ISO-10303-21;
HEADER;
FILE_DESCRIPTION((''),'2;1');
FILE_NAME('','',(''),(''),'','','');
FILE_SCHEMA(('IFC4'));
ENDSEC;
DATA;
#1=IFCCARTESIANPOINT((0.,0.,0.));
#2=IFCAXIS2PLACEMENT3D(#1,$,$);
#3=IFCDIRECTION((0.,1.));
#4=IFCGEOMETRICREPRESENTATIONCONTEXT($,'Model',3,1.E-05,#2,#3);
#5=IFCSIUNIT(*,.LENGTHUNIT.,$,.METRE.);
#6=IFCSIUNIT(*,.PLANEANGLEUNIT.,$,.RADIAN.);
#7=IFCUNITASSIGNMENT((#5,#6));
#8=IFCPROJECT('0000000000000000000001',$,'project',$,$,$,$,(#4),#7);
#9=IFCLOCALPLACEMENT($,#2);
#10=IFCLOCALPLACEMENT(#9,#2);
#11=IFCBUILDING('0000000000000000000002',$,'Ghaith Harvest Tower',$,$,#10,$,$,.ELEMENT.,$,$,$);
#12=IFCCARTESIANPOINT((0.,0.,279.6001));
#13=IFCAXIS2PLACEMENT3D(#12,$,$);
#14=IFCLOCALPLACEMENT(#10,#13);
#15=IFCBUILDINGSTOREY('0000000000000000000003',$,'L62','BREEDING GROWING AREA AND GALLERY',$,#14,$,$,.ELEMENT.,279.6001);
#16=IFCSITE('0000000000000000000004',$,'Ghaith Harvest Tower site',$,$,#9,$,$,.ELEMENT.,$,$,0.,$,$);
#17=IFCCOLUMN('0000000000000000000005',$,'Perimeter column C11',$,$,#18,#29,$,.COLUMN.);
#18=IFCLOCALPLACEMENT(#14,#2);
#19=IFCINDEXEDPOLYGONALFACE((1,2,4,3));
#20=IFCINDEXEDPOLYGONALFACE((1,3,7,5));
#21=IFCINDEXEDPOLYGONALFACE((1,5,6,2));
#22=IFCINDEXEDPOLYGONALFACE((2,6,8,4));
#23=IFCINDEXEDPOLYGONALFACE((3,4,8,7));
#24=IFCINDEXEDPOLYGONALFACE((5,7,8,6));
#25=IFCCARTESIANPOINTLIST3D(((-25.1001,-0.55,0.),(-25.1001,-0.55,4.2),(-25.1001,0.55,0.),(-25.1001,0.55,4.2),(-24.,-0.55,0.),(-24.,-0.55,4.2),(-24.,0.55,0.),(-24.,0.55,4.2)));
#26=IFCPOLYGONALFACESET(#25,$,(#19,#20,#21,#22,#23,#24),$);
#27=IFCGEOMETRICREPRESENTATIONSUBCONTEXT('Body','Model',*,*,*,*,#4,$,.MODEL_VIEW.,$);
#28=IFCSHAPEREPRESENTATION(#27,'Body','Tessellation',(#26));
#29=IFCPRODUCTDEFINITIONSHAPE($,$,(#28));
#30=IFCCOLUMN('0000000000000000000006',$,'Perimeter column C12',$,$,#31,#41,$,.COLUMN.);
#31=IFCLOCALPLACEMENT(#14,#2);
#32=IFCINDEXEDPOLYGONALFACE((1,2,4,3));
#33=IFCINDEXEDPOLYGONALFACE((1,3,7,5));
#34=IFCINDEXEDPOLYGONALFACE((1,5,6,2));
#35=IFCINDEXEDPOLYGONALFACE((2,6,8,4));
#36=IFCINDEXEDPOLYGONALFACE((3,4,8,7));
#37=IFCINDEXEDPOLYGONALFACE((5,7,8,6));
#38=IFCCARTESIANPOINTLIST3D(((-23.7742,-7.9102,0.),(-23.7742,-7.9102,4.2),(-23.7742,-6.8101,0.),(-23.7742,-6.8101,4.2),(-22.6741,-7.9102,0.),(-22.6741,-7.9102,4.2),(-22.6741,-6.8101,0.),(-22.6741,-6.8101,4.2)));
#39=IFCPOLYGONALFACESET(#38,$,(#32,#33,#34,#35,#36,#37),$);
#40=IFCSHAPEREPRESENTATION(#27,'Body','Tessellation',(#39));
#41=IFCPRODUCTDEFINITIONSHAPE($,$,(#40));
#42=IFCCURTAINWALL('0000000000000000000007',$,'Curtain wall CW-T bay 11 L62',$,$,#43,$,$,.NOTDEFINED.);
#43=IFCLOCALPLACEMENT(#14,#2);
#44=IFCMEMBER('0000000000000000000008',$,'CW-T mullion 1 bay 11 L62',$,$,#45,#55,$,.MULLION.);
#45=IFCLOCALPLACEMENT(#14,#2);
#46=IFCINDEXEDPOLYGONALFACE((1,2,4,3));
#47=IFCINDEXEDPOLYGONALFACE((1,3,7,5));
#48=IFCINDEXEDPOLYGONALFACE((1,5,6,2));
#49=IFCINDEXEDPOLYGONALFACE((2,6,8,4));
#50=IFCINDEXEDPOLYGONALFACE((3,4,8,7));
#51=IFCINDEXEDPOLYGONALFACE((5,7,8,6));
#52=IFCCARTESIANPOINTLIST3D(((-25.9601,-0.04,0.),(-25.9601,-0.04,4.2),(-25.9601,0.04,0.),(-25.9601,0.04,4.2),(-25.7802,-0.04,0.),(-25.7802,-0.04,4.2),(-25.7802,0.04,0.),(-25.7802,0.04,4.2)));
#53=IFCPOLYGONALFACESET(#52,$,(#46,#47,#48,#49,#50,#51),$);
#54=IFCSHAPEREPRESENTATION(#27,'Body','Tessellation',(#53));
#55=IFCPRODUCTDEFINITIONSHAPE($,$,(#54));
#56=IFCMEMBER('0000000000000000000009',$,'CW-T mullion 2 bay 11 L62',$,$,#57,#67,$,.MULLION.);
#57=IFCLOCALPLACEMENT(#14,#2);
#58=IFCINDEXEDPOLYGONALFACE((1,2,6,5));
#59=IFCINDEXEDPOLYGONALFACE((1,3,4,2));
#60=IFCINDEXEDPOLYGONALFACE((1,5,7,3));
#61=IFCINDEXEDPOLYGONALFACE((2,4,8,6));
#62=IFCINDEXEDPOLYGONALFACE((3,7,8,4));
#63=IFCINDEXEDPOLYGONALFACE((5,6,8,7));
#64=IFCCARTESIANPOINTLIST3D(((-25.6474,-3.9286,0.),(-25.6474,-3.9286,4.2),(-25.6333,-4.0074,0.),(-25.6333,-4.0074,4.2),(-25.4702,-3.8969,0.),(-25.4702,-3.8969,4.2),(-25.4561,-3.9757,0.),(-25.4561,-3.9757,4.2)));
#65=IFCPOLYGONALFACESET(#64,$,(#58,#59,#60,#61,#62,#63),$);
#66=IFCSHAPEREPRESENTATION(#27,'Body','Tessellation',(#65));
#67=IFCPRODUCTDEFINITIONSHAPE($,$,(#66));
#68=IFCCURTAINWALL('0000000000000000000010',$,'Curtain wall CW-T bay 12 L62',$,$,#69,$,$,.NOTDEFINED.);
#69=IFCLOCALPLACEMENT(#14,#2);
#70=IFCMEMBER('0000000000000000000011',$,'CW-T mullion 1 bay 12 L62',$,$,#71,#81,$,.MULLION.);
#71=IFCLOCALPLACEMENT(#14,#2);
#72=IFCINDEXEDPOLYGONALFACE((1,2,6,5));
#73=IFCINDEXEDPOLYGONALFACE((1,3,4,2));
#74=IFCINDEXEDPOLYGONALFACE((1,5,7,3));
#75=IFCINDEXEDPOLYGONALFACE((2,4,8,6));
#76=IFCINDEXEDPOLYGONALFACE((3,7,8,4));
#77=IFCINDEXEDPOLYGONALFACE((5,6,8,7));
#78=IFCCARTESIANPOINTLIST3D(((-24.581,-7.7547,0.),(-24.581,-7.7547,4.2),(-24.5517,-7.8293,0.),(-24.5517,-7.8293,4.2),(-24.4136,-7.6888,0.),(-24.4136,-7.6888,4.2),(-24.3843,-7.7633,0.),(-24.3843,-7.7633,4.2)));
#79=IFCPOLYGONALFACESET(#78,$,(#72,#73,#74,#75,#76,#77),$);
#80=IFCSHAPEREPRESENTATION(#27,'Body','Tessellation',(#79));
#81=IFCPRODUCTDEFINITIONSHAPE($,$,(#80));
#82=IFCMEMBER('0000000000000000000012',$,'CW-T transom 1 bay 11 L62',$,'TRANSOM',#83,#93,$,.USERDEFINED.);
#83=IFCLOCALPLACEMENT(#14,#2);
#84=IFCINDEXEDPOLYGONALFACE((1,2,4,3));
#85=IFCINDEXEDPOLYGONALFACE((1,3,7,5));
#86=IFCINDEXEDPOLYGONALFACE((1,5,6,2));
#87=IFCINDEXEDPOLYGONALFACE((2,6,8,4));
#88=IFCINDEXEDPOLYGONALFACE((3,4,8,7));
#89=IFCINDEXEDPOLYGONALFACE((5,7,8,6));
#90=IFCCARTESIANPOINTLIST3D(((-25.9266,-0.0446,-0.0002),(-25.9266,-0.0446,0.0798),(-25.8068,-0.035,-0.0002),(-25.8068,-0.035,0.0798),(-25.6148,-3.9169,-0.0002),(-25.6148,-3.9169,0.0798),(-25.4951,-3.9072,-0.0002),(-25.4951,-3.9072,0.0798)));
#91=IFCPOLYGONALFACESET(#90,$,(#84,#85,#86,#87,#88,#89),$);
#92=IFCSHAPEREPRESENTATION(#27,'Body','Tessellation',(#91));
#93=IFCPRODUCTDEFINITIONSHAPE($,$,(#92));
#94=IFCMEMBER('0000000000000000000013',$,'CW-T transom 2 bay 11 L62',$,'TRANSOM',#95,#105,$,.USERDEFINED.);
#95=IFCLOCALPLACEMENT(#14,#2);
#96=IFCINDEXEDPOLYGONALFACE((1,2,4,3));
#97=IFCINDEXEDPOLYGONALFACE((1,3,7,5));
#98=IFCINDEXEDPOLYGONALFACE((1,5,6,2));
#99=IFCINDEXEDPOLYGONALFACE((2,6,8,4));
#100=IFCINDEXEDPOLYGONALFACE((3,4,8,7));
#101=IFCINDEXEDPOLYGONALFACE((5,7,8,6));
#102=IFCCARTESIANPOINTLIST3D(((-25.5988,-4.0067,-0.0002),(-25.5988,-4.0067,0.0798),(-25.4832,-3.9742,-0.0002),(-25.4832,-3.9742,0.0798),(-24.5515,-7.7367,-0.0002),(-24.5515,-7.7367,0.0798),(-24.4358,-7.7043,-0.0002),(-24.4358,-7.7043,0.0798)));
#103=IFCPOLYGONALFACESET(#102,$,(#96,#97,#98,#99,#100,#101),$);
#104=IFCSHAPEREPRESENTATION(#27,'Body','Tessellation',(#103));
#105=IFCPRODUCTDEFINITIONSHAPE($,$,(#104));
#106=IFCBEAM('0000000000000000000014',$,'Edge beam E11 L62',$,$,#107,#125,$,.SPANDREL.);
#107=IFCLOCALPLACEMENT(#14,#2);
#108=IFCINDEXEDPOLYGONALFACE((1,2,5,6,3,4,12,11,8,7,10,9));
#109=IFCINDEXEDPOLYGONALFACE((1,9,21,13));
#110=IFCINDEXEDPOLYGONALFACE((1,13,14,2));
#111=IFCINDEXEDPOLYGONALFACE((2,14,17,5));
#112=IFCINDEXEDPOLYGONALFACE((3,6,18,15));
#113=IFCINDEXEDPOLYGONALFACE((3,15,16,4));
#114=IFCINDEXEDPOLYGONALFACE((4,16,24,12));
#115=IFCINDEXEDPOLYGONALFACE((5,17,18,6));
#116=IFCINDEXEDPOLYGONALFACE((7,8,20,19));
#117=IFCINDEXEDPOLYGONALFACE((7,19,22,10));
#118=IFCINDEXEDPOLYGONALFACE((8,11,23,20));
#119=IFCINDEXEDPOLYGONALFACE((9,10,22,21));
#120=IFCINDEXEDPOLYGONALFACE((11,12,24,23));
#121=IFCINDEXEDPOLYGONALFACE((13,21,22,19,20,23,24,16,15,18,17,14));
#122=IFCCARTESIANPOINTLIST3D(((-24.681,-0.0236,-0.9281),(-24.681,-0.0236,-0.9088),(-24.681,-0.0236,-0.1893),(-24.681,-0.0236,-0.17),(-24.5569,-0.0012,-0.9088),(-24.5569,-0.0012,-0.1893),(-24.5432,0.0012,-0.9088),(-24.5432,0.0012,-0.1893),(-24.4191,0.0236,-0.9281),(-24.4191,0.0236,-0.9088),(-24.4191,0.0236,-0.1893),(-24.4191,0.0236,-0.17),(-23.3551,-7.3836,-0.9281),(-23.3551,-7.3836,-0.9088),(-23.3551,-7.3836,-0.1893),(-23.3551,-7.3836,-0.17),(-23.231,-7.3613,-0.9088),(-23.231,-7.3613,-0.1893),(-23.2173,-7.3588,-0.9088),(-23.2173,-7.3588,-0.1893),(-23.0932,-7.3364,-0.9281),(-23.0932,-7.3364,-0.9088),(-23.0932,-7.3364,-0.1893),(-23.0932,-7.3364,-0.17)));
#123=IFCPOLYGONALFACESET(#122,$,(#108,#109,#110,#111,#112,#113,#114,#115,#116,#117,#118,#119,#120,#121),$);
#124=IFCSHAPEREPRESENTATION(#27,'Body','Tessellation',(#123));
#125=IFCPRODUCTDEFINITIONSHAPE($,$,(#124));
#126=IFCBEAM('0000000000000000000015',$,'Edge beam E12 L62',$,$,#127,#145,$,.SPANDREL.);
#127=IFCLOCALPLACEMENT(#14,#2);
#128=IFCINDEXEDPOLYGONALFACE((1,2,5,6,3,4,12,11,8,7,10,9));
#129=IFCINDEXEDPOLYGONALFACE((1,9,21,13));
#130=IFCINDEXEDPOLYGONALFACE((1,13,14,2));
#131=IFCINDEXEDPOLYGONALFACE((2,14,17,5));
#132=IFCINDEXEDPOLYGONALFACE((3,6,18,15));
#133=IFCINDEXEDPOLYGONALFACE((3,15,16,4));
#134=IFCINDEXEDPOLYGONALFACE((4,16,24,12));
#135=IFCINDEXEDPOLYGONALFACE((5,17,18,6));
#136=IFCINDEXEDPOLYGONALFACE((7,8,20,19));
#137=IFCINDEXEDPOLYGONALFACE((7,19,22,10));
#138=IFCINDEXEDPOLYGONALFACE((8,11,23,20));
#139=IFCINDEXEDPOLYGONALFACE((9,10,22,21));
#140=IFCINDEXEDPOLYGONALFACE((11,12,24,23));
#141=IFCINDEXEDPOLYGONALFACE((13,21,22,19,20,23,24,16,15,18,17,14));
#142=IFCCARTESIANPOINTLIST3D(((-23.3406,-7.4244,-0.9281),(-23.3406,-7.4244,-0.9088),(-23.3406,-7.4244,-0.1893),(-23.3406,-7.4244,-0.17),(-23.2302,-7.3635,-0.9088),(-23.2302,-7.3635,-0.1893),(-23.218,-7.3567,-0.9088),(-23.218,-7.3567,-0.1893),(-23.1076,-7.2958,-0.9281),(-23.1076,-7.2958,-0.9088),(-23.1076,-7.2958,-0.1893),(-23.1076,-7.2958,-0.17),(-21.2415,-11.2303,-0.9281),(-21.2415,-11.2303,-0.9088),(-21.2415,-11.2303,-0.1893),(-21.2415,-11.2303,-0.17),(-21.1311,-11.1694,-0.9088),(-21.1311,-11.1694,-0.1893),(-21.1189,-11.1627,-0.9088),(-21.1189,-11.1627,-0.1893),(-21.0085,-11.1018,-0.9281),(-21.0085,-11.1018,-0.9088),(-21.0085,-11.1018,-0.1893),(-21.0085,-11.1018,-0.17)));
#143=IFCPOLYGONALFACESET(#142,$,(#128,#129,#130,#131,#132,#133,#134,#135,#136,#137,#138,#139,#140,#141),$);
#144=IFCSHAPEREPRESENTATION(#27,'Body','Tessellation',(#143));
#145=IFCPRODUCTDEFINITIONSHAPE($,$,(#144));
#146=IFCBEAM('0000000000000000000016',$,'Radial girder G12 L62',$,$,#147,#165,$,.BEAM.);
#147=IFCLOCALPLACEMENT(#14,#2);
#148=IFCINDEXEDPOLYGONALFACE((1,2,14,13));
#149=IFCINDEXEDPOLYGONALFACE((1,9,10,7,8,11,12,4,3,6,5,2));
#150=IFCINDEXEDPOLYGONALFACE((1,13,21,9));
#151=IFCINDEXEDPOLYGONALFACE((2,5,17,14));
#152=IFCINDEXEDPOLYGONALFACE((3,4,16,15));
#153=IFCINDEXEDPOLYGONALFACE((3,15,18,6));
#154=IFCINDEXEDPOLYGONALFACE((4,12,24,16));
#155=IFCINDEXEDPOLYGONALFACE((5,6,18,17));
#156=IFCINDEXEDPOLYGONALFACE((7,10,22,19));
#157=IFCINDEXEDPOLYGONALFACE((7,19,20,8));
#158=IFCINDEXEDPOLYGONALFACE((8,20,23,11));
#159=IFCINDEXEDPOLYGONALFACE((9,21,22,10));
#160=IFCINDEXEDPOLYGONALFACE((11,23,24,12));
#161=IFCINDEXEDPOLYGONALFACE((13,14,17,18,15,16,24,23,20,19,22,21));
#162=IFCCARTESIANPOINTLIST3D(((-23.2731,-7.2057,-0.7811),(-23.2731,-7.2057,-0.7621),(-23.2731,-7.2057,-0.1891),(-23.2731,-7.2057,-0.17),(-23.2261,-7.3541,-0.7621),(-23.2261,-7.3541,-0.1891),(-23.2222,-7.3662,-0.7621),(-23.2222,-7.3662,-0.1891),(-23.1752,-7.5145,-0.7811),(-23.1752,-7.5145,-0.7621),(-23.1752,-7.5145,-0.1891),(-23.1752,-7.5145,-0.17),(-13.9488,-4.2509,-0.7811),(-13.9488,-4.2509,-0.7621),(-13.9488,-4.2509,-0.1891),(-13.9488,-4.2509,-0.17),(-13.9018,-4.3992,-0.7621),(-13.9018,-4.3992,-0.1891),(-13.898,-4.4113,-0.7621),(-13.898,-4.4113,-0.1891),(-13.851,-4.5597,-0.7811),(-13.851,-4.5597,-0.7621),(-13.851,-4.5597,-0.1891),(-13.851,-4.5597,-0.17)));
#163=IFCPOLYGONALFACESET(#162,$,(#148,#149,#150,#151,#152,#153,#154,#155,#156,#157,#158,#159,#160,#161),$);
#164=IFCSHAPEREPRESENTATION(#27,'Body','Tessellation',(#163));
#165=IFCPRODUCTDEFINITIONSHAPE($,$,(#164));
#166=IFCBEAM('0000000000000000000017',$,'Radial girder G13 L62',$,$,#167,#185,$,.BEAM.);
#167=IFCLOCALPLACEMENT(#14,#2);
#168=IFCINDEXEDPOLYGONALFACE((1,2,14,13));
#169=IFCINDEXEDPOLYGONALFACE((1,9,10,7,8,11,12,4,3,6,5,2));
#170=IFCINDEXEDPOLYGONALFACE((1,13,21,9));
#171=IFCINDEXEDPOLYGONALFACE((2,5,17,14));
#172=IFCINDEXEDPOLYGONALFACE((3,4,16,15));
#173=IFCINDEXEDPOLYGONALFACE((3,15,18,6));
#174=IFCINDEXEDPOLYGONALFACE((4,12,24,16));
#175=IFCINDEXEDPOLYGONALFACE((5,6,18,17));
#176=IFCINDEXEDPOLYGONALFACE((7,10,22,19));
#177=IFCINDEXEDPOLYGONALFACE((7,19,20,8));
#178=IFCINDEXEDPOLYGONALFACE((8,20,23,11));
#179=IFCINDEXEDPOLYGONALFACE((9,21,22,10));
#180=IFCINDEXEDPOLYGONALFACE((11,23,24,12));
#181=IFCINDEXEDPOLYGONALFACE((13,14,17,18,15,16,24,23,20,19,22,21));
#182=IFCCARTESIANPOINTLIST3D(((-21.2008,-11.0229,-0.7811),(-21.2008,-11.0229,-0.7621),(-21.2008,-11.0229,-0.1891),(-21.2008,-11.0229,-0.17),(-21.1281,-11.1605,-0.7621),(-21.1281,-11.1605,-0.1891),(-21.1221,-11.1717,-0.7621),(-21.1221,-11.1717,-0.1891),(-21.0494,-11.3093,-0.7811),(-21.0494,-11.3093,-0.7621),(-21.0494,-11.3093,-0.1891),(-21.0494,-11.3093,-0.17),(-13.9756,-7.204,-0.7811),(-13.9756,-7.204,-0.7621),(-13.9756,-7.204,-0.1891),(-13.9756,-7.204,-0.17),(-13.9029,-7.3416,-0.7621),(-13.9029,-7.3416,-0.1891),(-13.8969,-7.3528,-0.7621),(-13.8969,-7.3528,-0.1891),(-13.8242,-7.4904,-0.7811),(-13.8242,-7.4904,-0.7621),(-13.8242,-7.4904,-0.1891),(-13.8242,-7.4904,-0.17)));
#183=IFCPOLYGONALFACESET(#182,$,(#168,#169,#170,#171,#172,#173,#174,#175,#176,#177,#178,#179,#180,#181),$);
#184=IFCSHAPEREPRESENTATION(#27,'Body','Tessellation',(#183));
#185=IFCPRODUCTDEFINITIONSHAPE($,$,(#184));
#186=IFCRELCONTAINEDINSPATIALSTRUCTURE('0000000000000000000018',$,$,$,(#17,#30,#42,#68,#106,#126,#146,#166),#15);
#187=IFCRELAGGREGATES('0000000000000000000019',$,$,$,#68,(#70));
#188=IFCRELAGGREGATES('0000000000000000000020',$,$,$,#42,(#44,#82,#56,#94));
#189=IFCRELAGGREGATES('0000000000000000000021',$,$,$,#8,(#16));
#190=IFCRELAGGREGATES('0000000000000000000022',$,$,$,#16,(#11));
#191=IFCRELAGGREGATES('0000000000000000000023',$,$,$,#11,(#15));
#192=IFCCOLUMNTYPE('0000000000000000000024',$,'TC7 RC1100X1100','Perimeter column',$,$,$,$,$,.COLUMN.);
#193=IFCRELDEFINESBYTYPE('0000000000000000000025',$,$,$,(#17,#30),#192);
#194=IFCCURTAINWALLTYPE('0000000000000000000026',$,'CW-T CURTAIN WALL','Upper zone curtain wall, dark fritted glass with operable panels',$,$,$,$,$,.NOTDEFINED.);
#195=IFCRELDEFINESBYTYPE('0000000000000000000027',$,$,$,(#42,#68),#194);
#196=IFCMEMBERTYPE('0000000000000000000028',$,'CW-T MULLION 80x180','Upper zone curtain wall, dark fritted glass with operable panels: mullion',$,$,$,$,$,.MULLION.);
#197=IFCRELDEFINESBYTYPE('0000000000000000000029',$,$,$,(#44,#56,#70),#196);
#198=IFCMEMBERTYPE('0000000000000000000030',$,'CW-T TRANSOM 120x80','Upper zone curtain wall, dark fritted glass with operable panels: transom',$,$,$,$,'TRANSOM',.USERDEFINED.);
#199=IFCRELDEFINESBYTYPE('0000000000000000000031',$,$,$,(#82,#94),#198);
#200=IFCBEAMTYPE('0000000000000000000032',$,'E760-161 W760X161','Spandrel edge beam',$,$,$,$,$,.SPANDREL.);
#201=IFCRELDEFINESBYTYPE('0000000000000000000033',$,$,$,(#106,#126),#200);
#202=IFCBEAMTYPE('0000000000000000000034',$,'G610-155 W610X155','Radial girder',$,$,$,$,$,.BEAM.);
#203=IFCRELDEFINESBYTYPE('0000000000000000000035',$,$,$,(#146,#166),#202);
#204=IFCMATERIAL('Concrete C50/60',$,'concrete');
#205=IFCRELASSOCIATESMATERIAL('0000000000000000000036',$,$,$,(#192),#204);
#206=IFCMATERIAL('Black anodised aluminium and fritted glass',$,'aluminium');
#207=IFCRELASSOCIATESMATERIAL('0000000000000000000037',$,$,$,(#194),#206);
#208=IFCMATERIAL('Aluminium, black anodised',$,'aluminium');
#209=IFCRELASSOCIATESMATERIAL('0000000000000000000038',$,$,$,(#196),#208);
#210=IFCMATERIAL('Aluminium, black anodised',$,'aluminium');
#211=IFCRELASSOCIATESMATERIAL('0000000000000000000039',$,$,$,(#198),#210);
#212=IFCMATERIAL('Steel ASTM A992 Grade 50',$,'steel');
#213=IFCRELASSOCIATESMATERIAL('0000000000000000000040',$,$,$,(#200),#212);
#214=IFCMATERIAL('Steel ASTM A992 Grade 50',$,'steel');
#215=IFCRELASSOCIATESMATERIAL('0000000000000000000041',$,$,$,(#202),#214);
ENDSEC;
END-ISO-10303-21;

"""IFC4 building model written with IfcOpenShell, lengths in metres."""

from ifc_helpers import new_model, si_unit, direction, frame, origin, origin_2d, place, context, subcontext, project, spatial, rectangle, i_section, extrude, material, material_profile, profile_set, type_object, element, aggregate, save


model = new_model("IFC4")

# Units and contexts
model_context = context("Model", 3, precision=1e-05, world=origin(), true_north=direction((0.0, 1.0)))
body_context = subcontext(model_context, "Body", "Model", "MODEL_VIEW")
ifc_project = project(units=[si_unit("LENGTHUNIT", "METRE"), si_unit("PLANEANGLEUNIT", "RADIAN")], contexts=[model_context])

# Site, building, storey
site_placement = place(None, origin())
site = spatial("IfcSite", under=ifc_project, at=site_placement, Name="Ghaith Harvest Tower site", CompositionType="ELEMENT", RefElevation=0.0)
building_placement = place(site_placement, origin())
building = spatial("IfcBuilding", under=site, at=building_placement, Name="Ghaith Harvest Tower", CompositionType="ELEMENT")
storey_placement = place(building_placement, frame((0.0, 0.0, 279.6001)))
storey = spatial("IfcBuildingStorey", under=building, at=storey_placement, Name="L62", Description="BREEDING GROWING AREA AND GALLERY", CompositionType="ELEMENT", Elevation=279.6001)

# Columns
ifc_material_1 = material(Name="Concrete C50/60", Category="concrete")
ifc_material_profile_1 = material_profile(ifc_material_1, rectangle(XDim=1.1001, YDim=1.1001, at=origin_2d()), Name="RC1100X1100")
ifc_profile_set_1 = profile_set([ifc_material_profile_1], Name="Concrete C50/60")
column_type = type_object("IfcColumnType", Name="TC7 RC1100X1100", Description="Perimeter column", PredefinedType="COLUMN", material=ifc_profile_set_1)
for number, where, z_axis, x_axis, name in (
    (1, (-24.55, 0.0, 0.0), (0.0, 0.0, 1.0), (1.0, 0.0, 0.0), "Perimeter column C11"),
    (2, (-23.2241, -7.3601, 0.0), (0.0, 0.0, 1.0), (1.0, 0.0, 0.0), "Perimeter column C12"),
):
    element("IfcColumn", number, at=place(storey_placement, frame(where, z_axis=z_axis, x_axis=x_axis)), inside=storey, type_object=column_type, Name=name, PredefinedType="COLUMN", context=body_context, shape_type="SweptSolid", body=[
        extrude(rectangle(XDim=1.1001, YDim=1.1001, at=origin_2d()), origin(), (0.0, 0.0, 1.0), 4.2),
    ])

# Curtain wall, members
ifc_material_2 = material(Name="Black anodised aluminium and fritted glass", Category="aluminium")
curtain_wall_type = type_object("IfcCurtainWallType", Name="CW-T CURTAIN WALL", Description="Upper zone curtain wall, dark fritted glass with operable panels", PredefinedType="NOTDEFINED", material=ifc_material_2)
curtain_wall_1_placement = place(storey_placement, origin())
curtain_wall_1 = element("IfcCurtainWall", 3, at=curtain_wall_1_placement, inside=storey, type_object=curtain_wall_type, Name="Curtain wall CW-T bay 11 L62", PredefinedType="NOTDEFINED")
ifc_material_3 = material(Name="Aluminium, black anodised", Category="aluminium")
ifc_material_profile_2 = material_profile(ifc_material_3, rectangle(XDim=0.0801, YDim=0.1799, at=origin_2d()), Name="CW-T MULLION 80x180")
ifc_profile_set_2 = profile_set([ifc_material_profile_2], Name="Aluminium, black anodised")
member_type_1 = type_object("IfcMemberType", Name="CW-T MULLION 80x180", Description="Upper zone curtain wall, dark fritted glass with operable panels: mullion", PredefinedType="MULLION", material=ifc_profile_set_2)
member_1_placement = place(storey_placement, frame((-25.8701, 0.0, 0.0), z_axis=(0.0, 0.0, 1.0), x_axis=(0.0, -1.0, 0.0)))
member_1 = element("IfcMember", 4, at=member_1_placement, type_object=member_type_1, Name="CW-T mullion 1 bay 11 L62", PredefinedType="MULLION", context=body_context, shape_type="SweptSolid", body=[
    extrude(rectangle(XDim=0.0801, YDim=0.1799, at=origin_2d()), origin(), (0.0, 0.0, 1.0), 4.2),
])
member_2_placement = place(storey_placement, frame((-25.5518, -3.9521, 0.0), z_axis=(0.0, 0.0, 1.0), x_axis=(0.176001, -0.98439, 0.0)))
member_2 = element("IfcMember", 5, at=member_2_placement, type_object=member_type_1, Name="CW-T mullion 2 bay 11 L62", PredefinedType="MULLION", context=body_context, shape_type="SweptSolid", body=[
    extrude(rectangle(XDim=0.0801, YDim=0.1799, at=origin_2d()), origin(), (0.0, 0.0, 1.0), 4.2),
])

# Curtain wall, member
curtain_wall_2_placement = place(storey_placement, origin())
curtain_wall_2 = element("IfcCurtainWall", 6, at=curtain_wall_2_placement, inside=storey, type_object=curtain_wall_type, Name="Curtain wall CW-T bay 12 L62", PredefinedType="NOTDEFINED")
member_3_placement = place(storey_placement, frame((-24.4827, -7.759, 0.0), z_axis=(0.0, 0.0, 1.0), x_axis=(0.366473, -0.930429, 0.0)))
member_3 = element("IfcMember", 7, at=member_3_placement, type_object=member_type_1, Name="CW-T mullion 1 bay 12 L62", PredefinedType="MULLION", context=body_context, shape_type="SweptSolid", body=[
    extrude(rectangle(XDim=0.0801, YDim=0.1799, at=origin_2d()), origin(), (0.0, 0.0, 1.0), 4.2),
])
aggregate(curtain_wall_2, [member_3])

# Members
ifc_material_4 = material(Name="Aluminium, black anodised", Category="aluminium")
ifc_material_profile_3 = material_profile(ifc_material_4, rectangle(XDim=0.1201, YDim=0.0801, at=origin_2d()), Name="CW-T TRANSOM 120x80")
ifc_profile_set_3 = profile_set([ifc_material_profile_3], Name="Aluminium, black anodised")
member_type_2 = type_object("IfcMemberType", Name="CW-T TRANSOM 120x80", Description="Upper zone curtain wall, dark fritted glass with operable panels: transom", ElementType="TRANSOM", PredefinedType="USERDEFINED", material=ifc_profile_set_3)
member_4_placement = place(storey_placement, frame((-25.8667, -0.0398, 0.0398), z_axis=(0.080252, -0.996775, 0.0), x_axis=(0.996775, 0.080252, 0.0)))
member_4 = element("IfcMember", 8, at=member_4_placement, type_object=member_type_2, Name="CW-T transom 1 bay 11 L62", ObjectType="TRANSOM", PredefinedType="USERDEFINED", context=body_context, shape_type="SweptSolid", body=[
    extrude(rectangle(XDim=0.1201, YDim=0.0801, at=origin_2d()), origin(), (0.0, 0.0, 1.0), 3.8848),
])
member_5_placement = place(storey_placement, frame((-25.541, -3.9905, 0.0398), z_axis=(0.27034, -0.962765, 0.0), x_axis=(0.962765, 0.27034, 0.0)))
member_5 = element("IfcMember", 9, at=member_5_placement, type_object=member_type_2, Name="CW-T transom 2 bay 11 L62", ObjectType="TRANSOM", PredefinedType="USERDEFINED", context=body_context, shape_type="SweptSolid", body=[
    extrude(rectangle(XDim=0.1201, YDim=0.0801, at=origin_2d()), origin(), (0.0, 0.0, 1.0), 3.8743),
])

# Beams
ifc_material_5 = material(Name="Steel ASTM A992 Grade 50", Category="steel")
ifc_material_profile_4 = material_profile(ifc_material_5, i_section(OverallWidth=0.2661, OverallDepth=0.7581, WebThickness=0.0139, FlangeThickness=0.0193, at=origin_2d()), Name="W760X161")
ifc_profile_set_4 = profile_set([ifc_material_profile_4], Name="Steel ASTM A992 Grade 50")
beam_type_1 = type_object("IfcBeamType", Name="E760-161 W760X161", Description="Spandrel edge beam", PredefinedType="SPANDREL", material=ifc_profile_set_4)
beam_1_placement = place(storey_placement, frame((-24.55, 0.0, -0.5491), z_axis=(0.177297, -0.984157, 0.0), x_axis=(0.984157, 0.177297, 0.0)))
element("IfcBeam", 10, at=beam_1_placement, inside=storey, type_object=beam_type_1, Name="Edge beam E11 L62", PredefinedType="SPANDREL", context=body_context, shape_type="SweptSolid", body=[
    extrude(i_section(OverallWidth=0.2661, OverallDepth=0.7581, WebThickness=0.0139, FlangeThickness=0.0193, at=origin_2d()), origin(), (0.0, 0.0, 1.0), 7.4785),
])
beam_2_placement = place(storey_placement, frame((-23.2241, -7.3601, -0.5491), z_axis=(0.482956, -0.875645, 0.0), x_axis=(0.875645, 0.482956, 0.0)))
element("IfcBeam", 11, at=beam_2_placement, inside=storey, type_object=beam_type_1, Name="Edge beam E12 L62", PredefinedType="SPANDREL", context=body_context, shape_type="SweptSolid", body=[
    extrude(i_section(OverallWidth=0.2661, OverallDepth=0.7581, WebThickness=0.0139, FlangeThickness=0.0193, at=origin_2d()), origin(), (0.0, 0.0, 1.0), 4.3464),
])
ifc_material_6 = material(Name="Steel ASTM A992 Grade 50", Category="steel")
ifc_material_profile_5 = material_profile(ifc_material_6, i_section(OverallWidth=0.324, OverallDepth=0.6111, WebThickness=0.0127, FlangeThickness=0.019, at=origin_2d()), Name="W610X155")
ifc_profile_set_5 = profile_set([ifc_material_profile_5], Name="Steel ASTM A992 Grade 50")
beam_type_2 = type_object("IfcBeamType", Name="G610-155 W610X155", Description="Radial girder", PredefinedType="BEAM", material=ifc_profile_set_5)
beam_3_placement = place(storey_placement, frame((-13.8999, -4.4053, -0.4756), z_axis=(-0.953279, -0.302093, 0.0), x_axis=(0.302093, -0.953279, 0.0)))
element("IfcBeam", 12, at=beam_3_placement, inside=storey, type_object=beam_type_2, Name="Radial girder G12 L62", PredefinedType="BEAM", context=body_context, shape_type="SweptSolid", body=[
    extrude(i_section(OverallWidth=0.324, OverallDepth=0.6111, WebThickness=0.0127, FlangeThickness=0.019, at=origin_2d()), origin(), (0.0, 0.0, 1.0), 9.7812),
])
beam_4_placement = place(storey_placement, frame((-13.8999, -7.3472, -0.4756), z_axis=(-0.884102, -0.467295, 0.0), x_axis=(0.467295, -0.884102, 0.0)))
element("IfcBeam", 13, at=beam_4_placement, inside=storey, type_object=beam_type_2, Name="Radial girder G13 L62", PredefinedType="BEAM", context=body_context, shape_type="SweptSolid", body=[
    extrude(i_section(OverallWidth=0.324, OverallDepth=0.6111, WebThickness=0.0127, FlangeThickness=0.019, at=origin_2d()), origin(), (0.0, 0.0, 1.0), 8.1724),
])

aggregate(curtain_wall_1, [member_1, member_4, member_2, member_5])

save(model, "model.ifc")
